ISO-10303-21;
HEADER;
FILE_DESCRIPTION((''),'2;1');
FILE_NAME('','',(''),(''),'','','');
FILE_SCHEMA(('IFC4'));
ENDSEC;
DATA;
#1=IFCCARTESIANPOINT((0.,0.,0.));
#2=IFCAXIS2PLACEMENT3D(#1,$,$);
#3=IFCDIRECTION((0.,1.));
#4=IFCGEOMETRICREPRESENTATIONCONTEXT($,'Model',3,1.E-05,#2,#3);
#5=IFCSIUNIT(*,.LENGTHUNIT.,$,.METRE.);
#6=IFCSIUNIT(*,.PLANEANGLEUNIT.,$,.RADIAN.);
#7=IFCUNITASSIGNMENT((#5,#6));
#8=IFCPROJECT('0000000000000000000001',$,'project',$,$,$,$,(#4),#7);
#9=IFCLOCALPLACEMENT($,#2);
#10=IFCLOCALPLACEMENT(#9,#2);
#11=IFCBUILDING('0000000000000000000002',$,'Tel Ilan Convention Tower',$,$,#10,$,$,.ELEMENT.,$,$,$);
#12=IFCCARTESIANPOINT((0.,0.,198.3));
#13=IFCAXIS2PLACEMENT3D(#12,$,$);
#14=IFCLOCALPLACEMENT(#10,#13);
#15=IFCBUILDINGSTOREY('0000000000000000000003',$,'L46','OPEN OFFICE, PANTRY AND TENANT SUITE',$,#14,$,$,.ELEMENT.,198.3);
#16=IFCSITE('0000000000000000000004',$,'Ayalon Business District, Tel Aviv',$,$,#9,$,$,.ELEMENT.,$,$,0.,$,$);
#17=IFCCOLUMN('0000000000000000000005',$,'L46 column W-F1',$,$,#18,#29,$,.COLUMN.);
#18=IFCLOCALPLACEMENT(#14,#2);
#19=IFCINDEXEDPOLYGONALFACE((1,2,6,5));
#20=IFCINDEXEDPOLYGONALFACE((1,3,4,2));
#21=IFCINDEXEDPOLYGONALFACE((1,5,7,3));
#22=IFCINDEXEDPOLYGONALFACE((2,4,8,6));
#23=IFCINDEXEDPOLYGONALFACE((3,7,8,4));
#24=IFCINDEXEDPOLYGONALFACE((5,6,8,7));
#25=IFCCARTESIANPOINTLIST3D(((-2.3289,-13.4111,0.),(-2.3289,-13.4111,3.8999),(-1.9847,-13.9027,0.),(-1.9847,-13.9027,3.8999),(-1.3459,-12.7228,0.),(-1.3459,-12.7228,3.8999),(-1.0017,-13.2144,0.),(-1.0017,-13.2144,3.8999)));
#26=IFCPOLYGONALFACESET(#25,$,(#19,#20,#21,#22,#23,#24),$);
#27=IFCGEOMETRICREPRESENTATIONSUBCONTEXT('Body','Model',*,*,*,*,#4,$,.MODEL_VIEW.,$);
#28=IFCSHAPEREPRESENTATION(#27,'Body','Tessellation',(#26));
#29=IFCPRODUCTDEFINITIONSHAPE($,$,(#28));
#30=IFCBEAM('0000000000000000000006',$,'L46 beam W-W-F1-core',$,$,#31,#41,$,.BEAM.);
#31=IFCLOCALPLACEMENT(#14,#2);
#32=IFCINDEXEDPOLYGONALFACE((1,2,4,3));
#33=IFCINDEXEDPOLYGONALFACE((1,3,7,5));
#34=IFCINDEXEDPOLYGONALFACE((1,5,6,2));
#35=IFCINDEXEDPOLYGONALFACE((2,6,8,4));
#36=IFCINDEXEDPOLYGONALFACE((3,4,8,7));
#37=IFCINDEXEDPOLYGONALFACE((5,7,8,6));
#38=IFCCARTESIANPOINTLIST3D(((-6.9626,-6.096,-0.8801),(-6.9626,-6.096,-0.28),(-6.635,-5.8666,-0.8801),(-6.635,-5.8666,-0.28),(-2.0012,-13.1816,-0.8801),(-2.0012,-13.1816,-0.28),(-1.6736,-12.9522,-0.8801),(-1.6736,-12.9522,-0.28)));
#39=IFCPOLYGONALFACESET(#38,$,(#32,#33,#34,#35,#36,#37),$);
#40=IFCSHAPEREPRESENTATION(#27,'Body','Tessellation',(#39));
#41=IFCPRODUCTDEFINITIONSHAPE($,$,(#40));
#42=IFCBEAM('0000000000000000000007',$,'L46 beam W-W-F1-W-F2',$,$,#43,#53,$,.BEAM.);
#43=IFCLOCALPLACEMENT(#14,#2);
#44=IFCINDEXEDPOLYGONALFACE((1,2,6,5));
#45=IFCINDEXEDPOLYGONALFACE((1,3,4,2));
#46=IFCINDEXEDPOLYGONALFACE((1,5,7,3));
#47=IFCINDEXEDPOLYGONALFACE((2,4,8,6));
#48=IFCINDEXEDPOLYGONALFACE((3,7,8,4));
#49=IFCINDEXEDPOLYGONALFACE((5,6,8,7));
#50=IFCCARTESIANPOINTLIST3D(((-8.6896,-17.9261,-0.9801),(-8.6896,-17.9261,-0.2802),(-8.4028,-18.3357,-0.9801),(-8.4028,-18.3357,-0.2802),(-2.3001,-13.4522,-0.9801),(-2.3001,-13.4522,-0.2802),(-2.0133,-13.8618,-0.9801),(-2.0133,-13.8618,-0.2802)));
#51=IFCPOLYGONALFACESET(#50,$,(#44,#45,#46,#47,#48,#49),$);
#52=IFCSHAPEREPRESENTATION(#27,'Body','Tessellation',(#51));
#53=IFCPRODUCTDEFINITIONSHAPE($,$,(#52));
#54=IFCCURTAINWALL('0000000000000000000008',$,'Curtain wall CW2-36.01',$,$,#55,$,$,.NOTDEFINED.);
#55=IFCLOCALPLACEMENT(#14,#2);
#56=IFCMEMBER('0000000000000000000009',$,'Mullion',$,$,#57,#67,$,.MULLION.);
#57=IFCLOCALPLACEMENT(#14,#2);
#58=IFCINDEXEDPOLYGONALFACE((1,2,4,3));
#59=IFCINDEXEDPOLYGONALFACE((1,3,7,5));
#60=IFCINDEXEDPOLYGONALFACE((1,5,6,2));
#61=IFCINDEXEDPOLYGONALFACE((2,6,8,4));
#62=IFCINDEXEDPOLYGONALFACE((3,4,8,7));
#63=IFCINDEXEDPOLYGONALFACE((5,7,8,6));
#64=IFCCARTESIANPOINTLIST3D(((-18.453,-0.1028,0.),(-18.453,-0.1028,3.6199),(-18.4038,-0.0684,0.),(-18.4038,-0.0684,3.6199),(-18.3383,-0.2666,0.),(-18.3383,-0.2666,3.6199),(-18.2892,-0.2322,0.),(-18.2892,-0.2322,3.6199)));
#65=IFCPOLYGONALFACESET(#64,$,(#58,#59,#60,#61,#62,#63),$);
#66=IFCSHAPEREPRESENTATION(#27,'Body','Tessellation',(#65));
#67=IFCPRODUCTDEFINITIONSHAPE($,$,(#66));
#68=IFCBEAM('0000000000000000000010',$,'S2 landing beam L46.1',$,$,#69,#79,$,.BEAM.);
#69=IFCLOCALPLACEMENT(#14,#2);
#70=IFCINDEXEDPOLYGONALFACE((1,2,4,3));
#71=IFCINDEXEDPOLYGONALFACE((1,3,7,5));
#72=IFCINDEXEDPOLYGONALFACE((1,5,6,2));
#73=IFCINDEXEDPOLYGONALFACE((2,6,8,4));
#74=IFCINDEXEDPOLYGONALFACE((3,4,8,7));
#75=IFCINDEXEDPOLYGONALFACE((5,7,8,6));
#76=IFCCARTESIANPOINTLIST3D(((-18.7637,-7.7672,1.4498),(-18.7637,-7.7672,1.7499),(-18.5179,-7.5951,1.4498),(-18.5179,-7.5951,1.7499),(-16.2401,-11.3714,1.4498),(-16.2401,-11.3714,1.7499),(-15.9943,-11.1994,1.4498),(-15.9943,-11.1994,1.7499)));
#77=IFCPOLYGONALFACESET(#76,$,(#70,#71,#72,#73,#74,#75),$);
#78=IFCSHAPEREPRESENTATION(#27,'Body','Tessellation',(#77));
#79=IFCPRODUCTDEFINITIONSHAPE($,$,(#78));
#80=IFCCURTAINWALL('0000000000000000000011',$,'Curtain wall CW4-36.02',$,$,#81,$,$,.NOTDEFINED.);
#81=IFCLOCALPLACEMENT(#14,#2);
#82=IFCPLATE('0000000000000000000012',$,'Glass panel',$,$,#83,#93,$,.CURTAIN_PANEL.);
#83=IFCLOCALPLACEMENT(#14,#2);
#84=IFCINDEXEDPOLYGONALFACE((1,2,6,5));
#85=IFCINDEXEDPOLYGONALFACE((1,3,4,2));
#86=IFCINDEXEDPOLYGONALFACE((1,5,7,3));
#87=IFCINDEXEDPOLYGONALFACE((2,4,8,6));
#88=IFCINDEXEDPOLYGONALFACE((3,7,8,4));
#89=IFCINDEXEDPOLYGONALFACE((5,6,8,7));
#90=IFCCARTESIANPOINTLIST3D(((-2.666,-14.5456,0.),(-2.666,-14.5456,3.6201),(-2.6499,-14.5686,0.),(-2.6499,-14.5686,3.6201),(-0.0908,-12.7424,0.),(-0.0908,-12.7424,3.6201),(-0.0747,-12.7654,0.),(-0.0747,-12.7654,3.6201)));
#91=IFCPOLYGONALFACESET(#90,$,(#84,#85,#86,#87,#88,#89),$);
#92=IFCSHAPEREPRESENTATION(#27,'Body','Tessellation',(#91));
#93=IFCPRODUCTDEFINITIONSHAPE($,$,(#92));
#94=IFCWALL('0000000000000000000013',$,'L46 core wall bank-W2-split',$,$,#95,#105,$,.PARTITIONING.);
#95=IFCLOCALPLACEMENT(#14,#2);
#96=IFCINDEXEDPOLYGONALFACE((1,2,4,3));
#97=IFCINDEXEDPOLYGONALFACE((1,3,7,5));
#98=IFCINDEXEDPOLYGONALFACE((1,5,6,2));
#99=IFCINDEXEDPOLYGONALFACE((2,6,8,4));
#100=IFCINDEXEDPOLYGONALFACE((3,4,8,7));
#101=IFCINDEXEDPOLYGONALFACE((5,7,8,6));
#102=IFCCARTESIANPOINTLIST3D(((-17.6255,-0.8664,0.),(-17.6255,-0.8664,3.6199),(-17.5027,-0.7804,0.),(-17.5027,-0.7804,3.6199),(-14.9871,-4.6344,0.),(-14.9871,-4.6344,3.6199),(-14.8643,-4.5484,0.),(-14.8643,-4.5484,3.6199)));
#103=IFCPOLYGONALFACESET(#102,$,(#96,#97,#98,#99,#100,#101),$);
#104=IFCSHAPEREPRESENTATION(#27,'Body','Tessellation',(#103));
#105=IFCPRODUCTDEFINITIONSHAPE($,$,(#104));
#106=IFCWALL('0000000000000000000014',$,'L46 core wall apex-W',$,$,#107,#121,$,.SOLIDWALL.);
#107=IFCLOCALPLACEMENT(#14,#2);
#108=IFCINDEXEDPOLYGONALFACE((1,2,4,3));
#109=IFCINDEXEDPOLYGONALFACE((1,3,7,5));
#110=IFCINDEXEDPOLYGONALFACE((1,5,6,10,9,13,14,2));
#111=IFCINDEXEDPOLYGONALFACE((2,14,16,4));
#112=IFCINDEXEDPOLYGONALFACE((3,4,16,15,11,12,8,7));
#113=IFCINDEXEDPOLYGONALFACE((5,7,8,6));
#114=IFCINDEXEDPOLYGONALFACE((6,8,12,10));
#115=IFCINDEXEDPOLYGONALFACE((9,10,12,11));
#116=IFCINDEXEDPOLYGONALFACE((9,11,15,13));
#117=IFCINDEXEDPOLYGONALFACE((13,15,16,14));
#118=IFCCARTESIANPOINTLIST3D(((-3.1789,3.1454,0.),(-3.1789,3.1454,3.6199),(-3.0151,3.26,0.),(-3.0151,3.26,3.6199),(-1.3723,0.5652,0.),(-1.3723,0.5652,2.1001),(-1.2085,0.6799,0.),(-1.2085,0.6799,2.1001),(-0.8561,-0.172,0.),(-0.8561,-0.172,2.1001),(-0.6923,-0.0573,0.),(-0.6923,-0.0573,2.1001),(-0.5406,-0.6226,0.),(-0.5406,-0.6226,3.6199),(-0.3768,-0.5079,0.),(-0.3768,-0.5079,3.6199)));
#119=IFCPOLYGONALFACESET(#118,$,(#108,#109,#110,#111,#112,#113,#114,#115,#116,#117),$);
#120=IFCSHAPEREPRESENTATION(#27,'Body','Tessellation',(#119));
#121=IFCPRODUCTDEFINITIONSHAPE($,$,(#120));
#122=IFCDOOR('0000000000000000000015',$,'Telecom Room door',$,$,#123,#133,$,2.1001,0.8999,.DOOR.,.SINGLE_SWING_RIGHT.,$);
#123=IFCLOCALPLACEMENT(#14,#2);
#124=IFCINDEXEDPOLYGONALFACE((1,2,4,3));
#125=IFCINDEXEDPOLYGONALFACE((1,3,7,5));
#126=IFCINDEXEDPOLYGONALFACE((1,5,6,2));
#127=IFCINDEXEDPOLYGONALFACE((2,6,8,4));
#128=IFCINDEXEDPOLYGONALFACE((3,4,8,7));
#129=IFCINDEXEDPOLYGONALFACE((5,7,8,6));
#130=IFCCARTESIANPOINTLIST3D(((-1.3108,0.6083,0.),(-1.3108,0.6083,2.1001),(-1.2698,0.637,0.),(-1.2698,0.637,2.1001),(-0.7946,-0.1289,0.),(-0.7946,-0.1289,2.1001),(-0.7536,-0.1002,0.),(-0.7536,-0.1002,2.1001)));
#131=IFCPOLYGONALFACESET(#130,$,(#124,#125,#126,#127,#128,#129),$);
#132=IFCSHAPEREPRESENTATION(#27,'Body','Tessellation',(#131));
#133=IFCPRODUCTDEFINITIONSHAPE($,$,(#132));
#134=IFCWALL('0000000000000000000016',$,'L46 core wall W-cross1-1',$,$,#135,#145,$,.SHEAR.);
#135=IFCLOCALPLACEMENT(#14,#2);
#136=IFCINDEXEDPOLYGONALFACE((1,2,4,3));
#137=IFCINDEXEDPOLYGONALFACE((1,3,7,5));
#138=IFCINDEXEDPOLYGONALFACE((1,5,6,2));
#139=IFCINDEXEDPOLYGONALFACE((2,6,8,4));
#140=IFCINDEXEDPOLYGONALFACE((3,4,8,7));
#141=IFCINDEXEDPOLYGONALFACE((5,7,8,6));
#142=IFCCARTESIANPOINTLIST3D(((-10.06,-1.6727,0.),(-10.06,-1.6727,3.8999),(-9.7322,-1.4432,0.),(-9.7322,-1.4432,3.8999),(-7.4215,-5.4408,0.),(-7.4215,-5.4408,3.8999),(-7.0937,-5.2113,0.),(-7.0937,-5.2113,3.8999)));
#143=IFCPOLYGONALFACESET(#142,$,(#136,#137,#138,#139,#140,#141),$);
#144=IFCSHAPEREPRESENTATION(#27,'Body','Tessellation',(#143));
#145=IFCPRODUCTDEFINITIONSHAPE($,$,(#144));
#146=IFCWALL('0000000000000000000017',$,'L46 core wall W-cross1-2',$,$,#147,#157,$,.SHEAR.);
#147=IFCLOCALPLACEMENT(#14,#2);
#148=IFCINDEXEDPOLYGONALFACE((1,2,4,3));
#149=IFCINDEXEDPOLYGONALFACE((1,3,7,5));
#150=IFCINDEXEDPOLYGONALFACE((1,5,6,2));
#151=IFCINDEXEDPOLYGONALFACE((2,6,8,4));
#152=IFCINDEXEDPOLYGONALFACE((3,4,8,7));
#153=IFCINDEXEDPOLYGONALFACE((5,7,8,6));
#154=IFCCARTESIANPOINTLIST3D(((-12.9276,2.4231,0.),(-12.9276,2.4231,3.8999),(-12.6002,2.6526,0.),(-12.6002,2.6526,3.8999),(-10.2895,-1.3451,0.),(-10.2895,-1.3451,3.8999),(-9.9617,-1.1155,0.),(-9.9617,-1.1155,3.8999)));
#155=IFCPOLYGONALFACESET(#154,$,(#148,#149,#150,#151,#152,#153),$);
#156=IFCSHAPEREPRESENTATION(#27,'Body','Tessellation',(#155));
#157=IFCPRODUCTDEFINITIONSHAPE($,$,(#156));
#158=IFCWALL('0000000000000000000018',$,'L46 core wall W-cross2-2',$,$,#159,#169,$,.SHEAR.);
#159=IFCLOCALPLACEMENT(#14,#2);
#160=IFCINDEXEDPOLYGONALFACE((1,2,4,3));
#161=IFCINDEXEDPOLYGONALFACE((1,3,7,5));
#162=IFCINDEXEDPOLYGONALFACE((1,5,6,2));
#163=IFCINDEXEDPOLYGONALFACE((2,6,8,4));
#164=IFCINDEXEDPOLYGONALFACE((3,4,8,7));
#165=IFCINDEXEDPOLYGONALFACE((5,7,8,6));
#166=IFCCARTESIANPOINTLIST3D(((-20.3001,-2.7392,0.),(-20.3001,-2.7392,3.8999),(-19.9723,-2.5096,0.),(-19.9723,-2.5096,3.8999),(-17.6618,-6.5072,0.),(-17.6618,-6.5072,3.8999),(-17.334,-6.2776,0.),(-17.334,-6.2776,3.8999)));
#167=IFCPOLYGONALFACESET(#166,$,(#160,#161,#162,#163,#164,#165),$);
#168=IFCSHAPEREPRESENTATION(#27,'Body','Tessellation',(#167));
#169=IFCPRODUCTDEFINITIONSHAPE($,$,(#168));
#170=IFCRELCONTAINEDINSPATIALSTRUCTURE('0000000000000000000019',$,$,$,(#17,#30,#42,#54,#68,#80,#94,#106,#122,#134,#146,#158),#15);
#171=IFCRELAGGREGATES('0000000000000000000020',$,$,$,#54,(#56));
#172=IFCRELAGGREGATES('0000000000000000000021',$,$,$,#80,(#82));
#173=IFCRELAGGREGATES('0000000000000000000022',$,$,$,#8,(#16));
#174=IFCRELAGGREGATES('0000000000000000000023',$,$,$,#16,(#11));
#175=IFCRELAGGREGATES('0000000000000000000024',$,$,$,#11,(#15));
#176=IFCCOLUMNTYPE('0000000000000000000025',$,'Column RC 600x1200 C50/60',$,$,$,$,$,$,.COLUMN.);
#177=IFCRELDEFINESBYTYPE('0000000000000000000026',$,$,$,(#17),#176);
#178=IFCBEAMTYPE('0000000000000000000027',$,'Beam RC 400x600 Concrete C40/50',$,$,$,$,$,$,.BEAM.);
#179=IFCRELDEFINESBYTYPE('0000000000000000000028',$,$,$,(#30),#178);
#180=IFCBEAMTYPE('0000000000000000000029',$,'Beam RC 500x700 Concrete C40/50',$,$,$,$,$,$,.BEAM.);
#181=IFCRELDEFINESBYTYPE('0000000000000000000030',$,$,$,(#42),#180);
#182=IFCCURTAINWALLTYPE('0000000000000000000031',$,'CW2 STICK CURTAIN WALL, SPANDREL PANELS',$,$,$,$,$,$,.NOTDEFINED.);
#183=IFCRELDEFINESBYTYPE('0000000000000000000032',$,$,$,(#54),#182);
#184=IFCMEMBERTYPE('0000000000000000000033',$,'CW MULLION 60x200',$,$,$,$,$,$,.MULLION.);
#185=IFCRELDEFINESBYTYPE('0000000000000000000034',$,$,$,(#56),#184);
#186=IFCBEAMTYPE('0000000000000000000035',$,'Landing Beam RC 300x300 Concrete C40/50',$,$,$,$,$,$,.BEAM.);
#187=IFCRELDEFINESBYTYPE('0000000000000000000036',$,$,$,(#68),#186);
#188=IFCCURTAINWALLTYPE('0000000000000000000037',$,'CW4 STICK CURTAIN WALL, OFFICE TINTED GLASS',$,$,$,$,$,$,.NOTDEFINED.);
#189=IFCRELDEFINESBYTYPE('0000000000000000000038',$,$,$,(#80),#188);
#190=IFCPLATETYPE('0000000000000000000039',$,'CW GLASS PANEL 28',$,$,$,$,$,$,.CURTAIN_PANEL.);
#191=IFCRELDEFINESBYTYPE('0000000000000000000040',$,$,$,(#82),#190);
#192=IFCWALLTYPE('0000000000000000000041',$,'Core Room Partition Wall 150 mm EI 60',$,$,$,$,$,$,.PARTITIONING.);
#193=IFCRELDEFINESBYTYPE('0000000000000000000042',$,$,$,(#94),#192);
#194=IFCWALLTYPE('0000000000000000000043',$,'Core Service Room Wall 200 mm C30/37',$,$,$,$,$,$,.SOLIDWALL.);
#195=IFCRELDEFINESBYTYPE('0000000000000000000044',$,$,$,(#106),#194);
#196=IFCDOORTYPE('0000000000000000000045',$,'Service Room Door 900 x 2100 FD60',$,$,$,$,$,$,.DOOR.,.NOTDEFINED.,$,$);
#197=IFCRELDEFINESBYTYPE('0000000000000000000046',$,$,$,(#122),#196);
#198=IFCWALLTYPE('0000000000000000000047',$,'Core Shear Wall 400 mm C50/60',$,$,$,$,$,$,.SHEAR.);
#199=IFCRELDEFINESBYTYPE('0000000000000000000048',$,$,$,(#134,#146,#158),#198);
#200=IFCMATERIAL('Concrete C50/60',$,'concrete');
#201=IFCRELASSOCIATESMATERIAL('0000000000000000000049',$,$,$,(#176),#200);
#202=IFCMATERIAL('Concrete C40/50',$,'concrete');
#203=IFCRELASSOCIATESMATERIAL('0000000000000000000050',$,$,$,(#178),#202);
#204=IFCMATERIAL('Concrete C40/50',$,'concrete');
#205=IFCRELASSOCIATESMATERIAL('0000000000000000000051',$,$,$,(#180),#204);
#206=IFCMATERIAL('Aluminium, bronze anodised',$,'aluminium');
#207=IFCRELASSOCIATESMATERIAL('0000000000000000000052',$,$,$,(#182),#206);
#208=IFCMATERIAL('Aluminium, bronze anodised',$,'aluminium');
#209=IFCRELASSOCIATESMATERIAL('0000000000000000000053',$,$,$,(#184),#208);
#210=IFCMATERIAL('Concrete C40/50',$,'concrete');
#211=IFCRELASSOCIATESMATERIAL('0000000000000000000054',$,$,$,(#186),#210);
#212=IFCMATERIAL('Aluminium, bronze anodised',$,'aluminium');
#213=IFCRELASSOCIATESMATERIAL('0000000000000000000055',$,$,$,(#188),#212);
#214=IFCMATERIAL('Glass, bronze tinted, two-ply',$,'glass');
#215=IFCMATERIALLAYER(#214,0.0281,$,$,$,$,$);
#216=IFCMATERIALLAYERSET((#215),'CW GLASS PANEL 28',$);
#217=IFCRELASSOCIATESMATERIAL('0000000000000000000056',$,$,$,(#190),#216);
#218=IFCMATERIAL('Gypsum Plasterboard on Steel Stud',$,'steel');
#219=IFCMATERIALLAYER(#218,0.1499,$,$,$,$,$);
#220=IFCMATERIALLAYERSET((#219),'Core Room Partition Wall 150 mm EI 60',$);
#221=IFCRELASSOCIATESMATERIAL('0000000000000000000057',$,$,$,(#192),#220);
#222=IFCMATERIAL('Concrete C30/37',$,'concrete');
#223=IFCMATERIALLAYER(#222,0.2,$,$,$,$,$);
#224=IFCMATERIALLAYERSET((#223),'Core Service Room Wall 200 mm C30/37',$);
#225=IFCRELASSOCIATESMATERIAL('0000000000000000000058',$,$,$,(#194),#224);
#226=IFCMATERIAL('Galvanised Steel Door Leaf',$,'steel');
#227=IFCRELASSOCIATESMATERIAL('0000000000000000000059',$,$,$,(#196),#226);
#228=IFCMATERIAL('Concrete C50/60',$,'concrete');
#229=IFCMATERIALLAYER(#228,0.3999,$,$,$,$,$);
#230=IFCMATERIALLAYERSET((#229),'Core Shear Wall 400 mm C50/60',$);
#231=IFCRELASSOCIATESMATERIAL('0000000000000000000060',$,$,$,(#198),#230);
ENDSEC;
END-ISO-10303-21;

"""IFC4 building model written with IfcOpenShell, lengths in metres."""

from ifc_helpers import new_model, si_unit, direction, frame, frame_2d, origin, origin_2d, place, context, subcontext, project, spatial, polyline, rectangle, outline, extrude, material, layer, layer_set, material_profile, profile_set, type_object, element, fill, aggregate, save


model = new_model("IFC4")

# Units and contexts
model_context = context("Model", 3, precision=1e-05, world=origin(), true_north=direction((0.0, 1.0)))
body_context = subcontext(model_context, "Body", "Model", "MODEL_VIEW")
ifc_project = project(units=[si_unit("LENGTHUNIT", "METRE"), si_unit("PLANEANGLEUNIT", "RADIAN")], contexts=[model_context])

# Site, building, storey
site_placement = place(None, origin())
site = spatial("IfcSite", under=ifc_project, at=site_placement, Name="Ayalon Business District, Tel Aviv", CompositionType="ELEMENT", RefElevation=0.0)
building_placement = place(site_placement, origin())
building = spatial("IfcBuilding", under=site, at=building_placement, Name="Tel Ilan Convention Tower", CompositionType="ELEMENT")
storey_placement = place(building_placement, frame((0.0, 0.0, 198.3)))
storey = spatial("IfcBuildingStorey", under=building, at=storey_placement, Name="L46", Description="OPEN OFFICE, PANTRY AND TENANT SUITE", CompositionType="ELEMENT", Elevation=198.3)

# Column
ifc_material_1 = material(Name="Concrete C50/60", Category="concrete")
ifc_material_profile_1 = material_profile(ifc_material_1, rectangle(XDim=1.2, YDim=0.6001, at=origin_2d()), Name="RC 600x1200")
ifc_profile_set_1 = profile_set([ifc_material_profile_1], Name="Concrete C50/60")
column_type = type_object("IfcColumnType", Name="Column RC 600x1200 C50/60", PredefinedType="COLUMN", material=ifc_profile_set_1)
column_placement = place(storey_placement, frame((-1.6653, -13.3127, 0.0), z_axis=(0.0, 0.0, 1.0), x_axis=(-0.819152, -0.573576, 0.0)))
element("IfcColumn", 1, at=column_placement, inside=storey, type_object=column_type, Name="L46 column W-F1", PredefinedType="COLUMN", context=body_context, shape_type="SweptSolid", body=[
    extrude(rectangle(XDim=1.2, YDim=0.6001, at=origin_2d()), origin(), (0.0, 0.0, 1.0), 3.8999),
])

# Beams
ifc_material_2 = material(Name="Concrete C40/50", Category="concrete")
ifc_material_profile_2 = material_profile(ifc_material_2, rectangle(XDim=0.3999, YDim=0.6001, at=origin_2d()), Name="RC 400x600")
ifc_profile_set_2 = profile_set([ifc_material_profile_2], Name="Concrete C40/50")
beam_type_1 = type_object("IfcBeamType", Name="Beam RC 400x600 Concrete C40/50", PredefinedType="BEAM", material=ifc_profile_set_2)
beam_1_placement = place(storey_placement, frame((-1.8374, -13.0669, -0.5801), z_axis=(-0.573574, 0.819154, 0.0), x_axis=(-0.819154, -0.573574, 0.0)))
element("IfcBeam", 2, at=beam_1_placement, inside=storey, type_object=beam_type_1, Name="L46 beam W-W-F1-core", PredefinedType="BEAM", context=body_context, shape_type="SweptSolid", body=[
    extrude(rectangle(XDim=0.3999, YDim=0.6001, at=origin_2d()), origin(), (0.0, 0.0, 1.0), 8.6499),
])
ifc_material_3 = material(Name="Concrete C40/50", Category="concrete")
ifc_material_profile_3 = material_profile(ifc_material_3, rectangle(XDim=0.5, YDim=0.7, at=origin_2d()), Name="RC 500x700")
ifc_profile_set_3 = profile_set([ifc_material_profile_3], Name="Concrete C40/50")
beam_type_2 = type_object("IfcBeamType", Name="Beam RC 500x700 Concrete C40/50", PredefinedType="BEAM", material=ifc_profile_set_3)
beam_2_placement = place(storey_placement, frame((-2.1567, -13.657, -0.6301), z_axis=(-0.819154, -0.573574, 0.0), x_axis=(0.573574, -0.819154, 0.0)))
element("IfcBeam", 3, at=beam_2_placement, inside=storey, type_object=beam_type_2, Name="L46 beam W-W-F1-W-F2", PredefinedType="BEAM", context=body_context, shape_type="SweptSolid", body=[
    extrude(rectangle(XDim=0.5, YDim=0.7, at=origin_2d()), origin(), (0.0, 0.0, 1.0), 7.8),
])

# Curtain wall, member
ifc_material_4 = material(Name="Aluminium, bronze anodised", Category="aluminium")
curtain_wall_type_1 = type_object("IfcCurtainWallType", Name="CW2 STICK CURTAIN WALL, SPANDREL PANELS", PredefinedType="NOTDEFINED", material=ifc_material_4)
curtain_wall_1_placement = place(storey_placement, origin())
curtain_wall_1 = element("IfcCurtainWall", 4, at=curtain_wall_1_placement, inside=storey, type_object=curtain_wall_type_1, Name="Curtain wall CW2-36.01", PredefinedType="NOTDEFINED")
ifc_material_5 = material(Name="Aluminium, bronze anodised", Category="aluminium")
ifc_material_profile_4 = material_profile(ifc_material_5, rectangle(XDim=0.0601, YDim=0.2, at=origin_2d()), Name="CW MULLION 60x200")
ifc_profile_set_4 = profile_set([ifc_material_profile_4], Name="Aluminium, bronze anodised")
member_type = type_object("IfcMemberType", Name="CW MULLION 60x200", PredefinedType="MULLION", material=ifc_profile_set_4)
member_placement = place(storey_placement, frame((-18.3711, -0.1675, 0.0), z_axis=(0.0, 0.0, 1.0), x_axis=(-0.819152, -0.573576, 0.0)))
member = element("IfcMember", 5, at=member_placement, type_object=member_type, Name="Mullion", PredefinedType="MULLION", context=body_context, shape_type="SweptSolid", body=[
    extrude(rectangle(XDim=0.0601, YDim=0.2, at=origin_2d()), origin(), (0.0, 0.0, 1.0), 3.6199),
])
aggregate(curtain_wall_1, [member])

# Beam
ifc_material_6 = material(Name="Concrete C40/50", Category="concrete")
ifc_material_profile_5 = material_profile(ifc_material_6, rectangle(XDim=0.3, YDim=0.3, at=origin_2d()), Name="RC 300x300")
ifc_profile_set_5 = profile_set([ifc_material_profile_5], Name="Concrete C40/50")
beam_type_3 = type_object("IfcBeamType", Name="Landing Beam RC 300x300 Concrete C40/50", PredefinedType="BEAM", material=ifc_profile_set_5)
beam_3_placement = place(storey_placement, frame((-16.1172, -11.2854, 1.5999), z_axis=(-0.57357, 0.819156, 0.0), x_axis=(-0.819156, -0.57357, 0.0)))
element("IfcBeam", 6, at=beam_3_placement, inside=storey, type_object=beam_type_3, Name="S2 landing beam L46.1", PredefinedType="BEAM", context=body_context, shape_type="SweptSolid", body=[
    extrude(rectangle(XDim=0.3, YDim=0.3, at=origin_2d()), origin(), (0.0, 0.0, 1.0), 4.3999),
])

# Curtain wall, plate
ifc_material_7 = material(Name="Aluminium, bronze anodised", Category="aluminium")
curtain_wall_type_2 = type_object("IfcCurtainWallType", Name="CW4 STICK CURTAIN WALL, OFFICE TINTED GLASS", PredefinedType="NOTDEFINED", material=ifc_material_7)
curtain_wall_2_placement = place(storey_placement, origin())
curtain_wall_2 = element("IfcCurtainWall", 7, at=curtain_wall_2_placement, inside=storey, type_object=curtain_wall_type_2, Name="Curtain wall CW4-36.02", PredefinedType="NOTDEFINED")
ifc_material_8 = material(Name="Glass, bronze tinted, two-ply", Category="glass")
ifc_layer_1 = layer(ifc_material_8, 0.0281)
ifc_layer_set_1 = layer_set([ifc_layer_1], Name="CW GLASS PANEL 28")
plate_type = type_object("IfcPlateType", Name="CW GLASS PANEL 28", PredefinedType="CURTAIN_PANEL", material=ifc_layer_set_1)
plate_placement = place(storey_placement, frame((-1.3704, -13.6555, 0.0), z_axis=(0.0, 0.0, 1.0), x_axis=(0.819152, 0.573576, 0.0)))
plate = element("IfcPlate", 8, at=plate_placement, type_object=plate_type, Name="Glass panel", PredefinedType="CURTAIN_PANEL", context=body_context, shape_type="SweptSolid", body=[
    extrude(rectangle(XDim=3.1438, YDim=0.0281, at=origin_2d()), origin(), (0.0, 0.0, 1.0), 3.6201),
])
aggregate(curtain_wall_2, [plate])

# Wall
ifc_material_9 = material(Name="Gypsum Plasterboard on Steel Stud", Category="steel")
ifc_layer_2 = layer(ifc_material_9, 0.1499)
ifc_layer_set_2 = layer_set([ifc_layer_2], Name="Core Room Partition Wall 150 mm EI 60")
wall_type_1 = type_object("IfcWallType", Name="Core Room Partition Wall 150 mm EI 60", PredefinedType="PARTITIONING", material=ifc_layer_set_2)
wall_1_placement = place(storey_placement, frame((-14.9258, -4.5913, 0.0), z_axis=(0.0, 0.0, 1.0), x_axis=(-0.573576, 0.819152, 0.0)))
element("IfcWall", 9, at=wall_1_placement, inside=storey, type_object=wall_type_1, Name="L46 core wall bank-W2-split", PredefinedType="PARTITIONING", context=body_context, shape_type="SweptSolid", body=[
    extrude(rectangle(XDim=4.5999, YDim=0.1499, at=frame_2d((2.2998, 0.0))), origin(), (0.0, 0.0, 1.0), 3.6199),
])

# Wall, opening, door
ifc_material_10 = material(Name="Concrete C30/37", Category="concrete")
ifc_layer_3 = layer(ifc_material_10, 0.2)
ifc_layer_set_3 = layer_set([ifc_layer_3], Name="Core Service Room Wall 200 mm C30/37")
wall_type_2 = type_object("IfcWallType", Name="Core Service Room Wall 200 mm C30/37", PredefinedType="SOLIDWALL", material=ifc_layer_set_3)
wall_2_placement = place(storey_placement, frame((-0.4587, -0.5652, 0.0), z_axis=(0.0, 0.0, 1.0), x_axis=(-0.573576, 0.819152, 0.0)))
wall_2 = element("IfcWall", 10, at=wall_2_placement, inside=storey, type_object=wall_type_2, Name="L46 core wall apex-W", PredefinedType="SOLIDWALL", context=body_context, shape_type="SweptSolid", body=[
    extrude(rectangle(XDim=4.5999, YDim=0.2, at=frame_2d((2.2998, 0.0))), origin(), (0.0, 0.0, 1.0), 3.6199),
])
opening_1_placement = place(wall_2_placement, frame((0.55, 0.0, 0.0)))
opening_1 = element("IfcOpeningElement", 11, at=opening_1_placement, cuts=wall_2, PredefinedType="OPENING", context=body_context, shape_type="SweptSolid", body=[
    extrude(rectangle(XDim=0.8999, YDim=2.1001, at=frame_2d((0.45, 1.05))), frame((0.0, 0.1099, 0.0), z_axis=(0.0, -1.0, 0.0), x_axis=(1.0, 0.0, 0.0)), (0.0, 0.0, 1.0), 0.22),
])
ifc_material_11 = material(Name="Galvanised Steel Door Leaf", Category="steel")
door_type_1 = type_object("IfcDoorType", Name="Service Room Door 900 x 2100 FD60", OperationType="NOTDEFINED", PredefinedType="DOOR", material=ifc_material_11)
door_1_placement = place(opening_1_placement, origin())
door_1 = element("IfcDoor", 12, at=door_1_placement, inside=storey, type_object=door_type_1, Name="Telecom Room door", OperationType="SINGLE_SWING_RIGHT", OverallHeight=2.1001, OverallWidth=0.8999, PredefinedType="DOOR", context=body_context, shape_type="SweptSolid", body=[
    extrude(rectangle(XDim=0.8999, YDim=2.1001, at=frame_2d((0.45, 1.05))), frame((0.0, 0.0249, 0.0), z_axis=(0.0, -1.0, 0.0), x_axis=(1.0, 0.0, 0.0)), (0.0, 0.0, 1.0), 0.05),
])
fill(opening_1, door_1)

# Walls
ifc_material_12 = material(Name="Concrete C50/60", Category="concrete")
ifc_layer_4 = layer(ifc_material_12, 0.3999)
ifc_layer_set_4 = layer_set([ifc_layer_4], Name="Core Shear Wall 400 mm C50/60")
wall_type_3 = type_object("IfcWallType", Name="Core Shear Wall 400 mm C50/60", PredefinedType="SHEAR", material=ifc_layer_set_4)
wall_3_placement = place(storey_placement, frame((-7.2578, -5.3259, 0.0), z_axis=(0.0, 0.0, 1.0), x_axis=(-0.573541, 0.819177, 0.0)))
element("IfcWall", 13, at=wall_3_placement, inside=storey, type_object=wall_type_3, Name="L46 core wall W-cross1-1", PredefinedType="SHEAR", context=body_context, shape_type="SweptSolid", body=[
    extrude(outline(polyline([(4.5999, 0.2002), (-0.0002, 0.2), (-0.0002, -0.2002), (4.5999, -0.2), (4.5999, 0.2002)])), origin(), (0.0, 0.0, 1.0), 3.8999),
])
wall_4_placement = place(storey_placement, frame((-10.1255, -1.2302, 0.0), z_axis=(0.0, 0.0, 1.0), x_axis=(-0.573576, 0.819152, 0.0)))
element("IfcWall", 14, at=wall_4_placement, inside=storey, type_object=wall_type_3, Name="L46 core wall W-cross1-2", PredefinedType="SHEAR", context=body_context, shape_type="SweptSolid", body=[
    extrude(outline(polyline([(4.6001, -0.2), (4.5999, 0.2), (0.0, 0.2002), (0.0, -0.2), (4.6001, -0.2)])), origin(), (0.0, 0.0, 1.0), 3.8999),
])
wall_5_placement = place(storey_placement, frame((-17.4978, -6.3923, 0.0), z_axis=(0.0, 0.0, 1.0), x_axis=(-0.573612, 0.819127, 0.0)))
element("IfcWall", 15, at=wall_5_placement, inside=storey, type_object=wall_type_3, Name="L46 core wall W-cross2-2", PredefinedType="SHEAR", context=body_context, shape_type="SweptSolid", body=[
    extrude(outline(polyline([(4.5999, -0.2002), (4.5999, 0.2), (0.0, 0.2002), (0.0, -0.2), (4.5999, -0.2002)])), origin(), (0.0, 0.0, 1.0), 3.8999),
])

save(model, "model.ifc")
